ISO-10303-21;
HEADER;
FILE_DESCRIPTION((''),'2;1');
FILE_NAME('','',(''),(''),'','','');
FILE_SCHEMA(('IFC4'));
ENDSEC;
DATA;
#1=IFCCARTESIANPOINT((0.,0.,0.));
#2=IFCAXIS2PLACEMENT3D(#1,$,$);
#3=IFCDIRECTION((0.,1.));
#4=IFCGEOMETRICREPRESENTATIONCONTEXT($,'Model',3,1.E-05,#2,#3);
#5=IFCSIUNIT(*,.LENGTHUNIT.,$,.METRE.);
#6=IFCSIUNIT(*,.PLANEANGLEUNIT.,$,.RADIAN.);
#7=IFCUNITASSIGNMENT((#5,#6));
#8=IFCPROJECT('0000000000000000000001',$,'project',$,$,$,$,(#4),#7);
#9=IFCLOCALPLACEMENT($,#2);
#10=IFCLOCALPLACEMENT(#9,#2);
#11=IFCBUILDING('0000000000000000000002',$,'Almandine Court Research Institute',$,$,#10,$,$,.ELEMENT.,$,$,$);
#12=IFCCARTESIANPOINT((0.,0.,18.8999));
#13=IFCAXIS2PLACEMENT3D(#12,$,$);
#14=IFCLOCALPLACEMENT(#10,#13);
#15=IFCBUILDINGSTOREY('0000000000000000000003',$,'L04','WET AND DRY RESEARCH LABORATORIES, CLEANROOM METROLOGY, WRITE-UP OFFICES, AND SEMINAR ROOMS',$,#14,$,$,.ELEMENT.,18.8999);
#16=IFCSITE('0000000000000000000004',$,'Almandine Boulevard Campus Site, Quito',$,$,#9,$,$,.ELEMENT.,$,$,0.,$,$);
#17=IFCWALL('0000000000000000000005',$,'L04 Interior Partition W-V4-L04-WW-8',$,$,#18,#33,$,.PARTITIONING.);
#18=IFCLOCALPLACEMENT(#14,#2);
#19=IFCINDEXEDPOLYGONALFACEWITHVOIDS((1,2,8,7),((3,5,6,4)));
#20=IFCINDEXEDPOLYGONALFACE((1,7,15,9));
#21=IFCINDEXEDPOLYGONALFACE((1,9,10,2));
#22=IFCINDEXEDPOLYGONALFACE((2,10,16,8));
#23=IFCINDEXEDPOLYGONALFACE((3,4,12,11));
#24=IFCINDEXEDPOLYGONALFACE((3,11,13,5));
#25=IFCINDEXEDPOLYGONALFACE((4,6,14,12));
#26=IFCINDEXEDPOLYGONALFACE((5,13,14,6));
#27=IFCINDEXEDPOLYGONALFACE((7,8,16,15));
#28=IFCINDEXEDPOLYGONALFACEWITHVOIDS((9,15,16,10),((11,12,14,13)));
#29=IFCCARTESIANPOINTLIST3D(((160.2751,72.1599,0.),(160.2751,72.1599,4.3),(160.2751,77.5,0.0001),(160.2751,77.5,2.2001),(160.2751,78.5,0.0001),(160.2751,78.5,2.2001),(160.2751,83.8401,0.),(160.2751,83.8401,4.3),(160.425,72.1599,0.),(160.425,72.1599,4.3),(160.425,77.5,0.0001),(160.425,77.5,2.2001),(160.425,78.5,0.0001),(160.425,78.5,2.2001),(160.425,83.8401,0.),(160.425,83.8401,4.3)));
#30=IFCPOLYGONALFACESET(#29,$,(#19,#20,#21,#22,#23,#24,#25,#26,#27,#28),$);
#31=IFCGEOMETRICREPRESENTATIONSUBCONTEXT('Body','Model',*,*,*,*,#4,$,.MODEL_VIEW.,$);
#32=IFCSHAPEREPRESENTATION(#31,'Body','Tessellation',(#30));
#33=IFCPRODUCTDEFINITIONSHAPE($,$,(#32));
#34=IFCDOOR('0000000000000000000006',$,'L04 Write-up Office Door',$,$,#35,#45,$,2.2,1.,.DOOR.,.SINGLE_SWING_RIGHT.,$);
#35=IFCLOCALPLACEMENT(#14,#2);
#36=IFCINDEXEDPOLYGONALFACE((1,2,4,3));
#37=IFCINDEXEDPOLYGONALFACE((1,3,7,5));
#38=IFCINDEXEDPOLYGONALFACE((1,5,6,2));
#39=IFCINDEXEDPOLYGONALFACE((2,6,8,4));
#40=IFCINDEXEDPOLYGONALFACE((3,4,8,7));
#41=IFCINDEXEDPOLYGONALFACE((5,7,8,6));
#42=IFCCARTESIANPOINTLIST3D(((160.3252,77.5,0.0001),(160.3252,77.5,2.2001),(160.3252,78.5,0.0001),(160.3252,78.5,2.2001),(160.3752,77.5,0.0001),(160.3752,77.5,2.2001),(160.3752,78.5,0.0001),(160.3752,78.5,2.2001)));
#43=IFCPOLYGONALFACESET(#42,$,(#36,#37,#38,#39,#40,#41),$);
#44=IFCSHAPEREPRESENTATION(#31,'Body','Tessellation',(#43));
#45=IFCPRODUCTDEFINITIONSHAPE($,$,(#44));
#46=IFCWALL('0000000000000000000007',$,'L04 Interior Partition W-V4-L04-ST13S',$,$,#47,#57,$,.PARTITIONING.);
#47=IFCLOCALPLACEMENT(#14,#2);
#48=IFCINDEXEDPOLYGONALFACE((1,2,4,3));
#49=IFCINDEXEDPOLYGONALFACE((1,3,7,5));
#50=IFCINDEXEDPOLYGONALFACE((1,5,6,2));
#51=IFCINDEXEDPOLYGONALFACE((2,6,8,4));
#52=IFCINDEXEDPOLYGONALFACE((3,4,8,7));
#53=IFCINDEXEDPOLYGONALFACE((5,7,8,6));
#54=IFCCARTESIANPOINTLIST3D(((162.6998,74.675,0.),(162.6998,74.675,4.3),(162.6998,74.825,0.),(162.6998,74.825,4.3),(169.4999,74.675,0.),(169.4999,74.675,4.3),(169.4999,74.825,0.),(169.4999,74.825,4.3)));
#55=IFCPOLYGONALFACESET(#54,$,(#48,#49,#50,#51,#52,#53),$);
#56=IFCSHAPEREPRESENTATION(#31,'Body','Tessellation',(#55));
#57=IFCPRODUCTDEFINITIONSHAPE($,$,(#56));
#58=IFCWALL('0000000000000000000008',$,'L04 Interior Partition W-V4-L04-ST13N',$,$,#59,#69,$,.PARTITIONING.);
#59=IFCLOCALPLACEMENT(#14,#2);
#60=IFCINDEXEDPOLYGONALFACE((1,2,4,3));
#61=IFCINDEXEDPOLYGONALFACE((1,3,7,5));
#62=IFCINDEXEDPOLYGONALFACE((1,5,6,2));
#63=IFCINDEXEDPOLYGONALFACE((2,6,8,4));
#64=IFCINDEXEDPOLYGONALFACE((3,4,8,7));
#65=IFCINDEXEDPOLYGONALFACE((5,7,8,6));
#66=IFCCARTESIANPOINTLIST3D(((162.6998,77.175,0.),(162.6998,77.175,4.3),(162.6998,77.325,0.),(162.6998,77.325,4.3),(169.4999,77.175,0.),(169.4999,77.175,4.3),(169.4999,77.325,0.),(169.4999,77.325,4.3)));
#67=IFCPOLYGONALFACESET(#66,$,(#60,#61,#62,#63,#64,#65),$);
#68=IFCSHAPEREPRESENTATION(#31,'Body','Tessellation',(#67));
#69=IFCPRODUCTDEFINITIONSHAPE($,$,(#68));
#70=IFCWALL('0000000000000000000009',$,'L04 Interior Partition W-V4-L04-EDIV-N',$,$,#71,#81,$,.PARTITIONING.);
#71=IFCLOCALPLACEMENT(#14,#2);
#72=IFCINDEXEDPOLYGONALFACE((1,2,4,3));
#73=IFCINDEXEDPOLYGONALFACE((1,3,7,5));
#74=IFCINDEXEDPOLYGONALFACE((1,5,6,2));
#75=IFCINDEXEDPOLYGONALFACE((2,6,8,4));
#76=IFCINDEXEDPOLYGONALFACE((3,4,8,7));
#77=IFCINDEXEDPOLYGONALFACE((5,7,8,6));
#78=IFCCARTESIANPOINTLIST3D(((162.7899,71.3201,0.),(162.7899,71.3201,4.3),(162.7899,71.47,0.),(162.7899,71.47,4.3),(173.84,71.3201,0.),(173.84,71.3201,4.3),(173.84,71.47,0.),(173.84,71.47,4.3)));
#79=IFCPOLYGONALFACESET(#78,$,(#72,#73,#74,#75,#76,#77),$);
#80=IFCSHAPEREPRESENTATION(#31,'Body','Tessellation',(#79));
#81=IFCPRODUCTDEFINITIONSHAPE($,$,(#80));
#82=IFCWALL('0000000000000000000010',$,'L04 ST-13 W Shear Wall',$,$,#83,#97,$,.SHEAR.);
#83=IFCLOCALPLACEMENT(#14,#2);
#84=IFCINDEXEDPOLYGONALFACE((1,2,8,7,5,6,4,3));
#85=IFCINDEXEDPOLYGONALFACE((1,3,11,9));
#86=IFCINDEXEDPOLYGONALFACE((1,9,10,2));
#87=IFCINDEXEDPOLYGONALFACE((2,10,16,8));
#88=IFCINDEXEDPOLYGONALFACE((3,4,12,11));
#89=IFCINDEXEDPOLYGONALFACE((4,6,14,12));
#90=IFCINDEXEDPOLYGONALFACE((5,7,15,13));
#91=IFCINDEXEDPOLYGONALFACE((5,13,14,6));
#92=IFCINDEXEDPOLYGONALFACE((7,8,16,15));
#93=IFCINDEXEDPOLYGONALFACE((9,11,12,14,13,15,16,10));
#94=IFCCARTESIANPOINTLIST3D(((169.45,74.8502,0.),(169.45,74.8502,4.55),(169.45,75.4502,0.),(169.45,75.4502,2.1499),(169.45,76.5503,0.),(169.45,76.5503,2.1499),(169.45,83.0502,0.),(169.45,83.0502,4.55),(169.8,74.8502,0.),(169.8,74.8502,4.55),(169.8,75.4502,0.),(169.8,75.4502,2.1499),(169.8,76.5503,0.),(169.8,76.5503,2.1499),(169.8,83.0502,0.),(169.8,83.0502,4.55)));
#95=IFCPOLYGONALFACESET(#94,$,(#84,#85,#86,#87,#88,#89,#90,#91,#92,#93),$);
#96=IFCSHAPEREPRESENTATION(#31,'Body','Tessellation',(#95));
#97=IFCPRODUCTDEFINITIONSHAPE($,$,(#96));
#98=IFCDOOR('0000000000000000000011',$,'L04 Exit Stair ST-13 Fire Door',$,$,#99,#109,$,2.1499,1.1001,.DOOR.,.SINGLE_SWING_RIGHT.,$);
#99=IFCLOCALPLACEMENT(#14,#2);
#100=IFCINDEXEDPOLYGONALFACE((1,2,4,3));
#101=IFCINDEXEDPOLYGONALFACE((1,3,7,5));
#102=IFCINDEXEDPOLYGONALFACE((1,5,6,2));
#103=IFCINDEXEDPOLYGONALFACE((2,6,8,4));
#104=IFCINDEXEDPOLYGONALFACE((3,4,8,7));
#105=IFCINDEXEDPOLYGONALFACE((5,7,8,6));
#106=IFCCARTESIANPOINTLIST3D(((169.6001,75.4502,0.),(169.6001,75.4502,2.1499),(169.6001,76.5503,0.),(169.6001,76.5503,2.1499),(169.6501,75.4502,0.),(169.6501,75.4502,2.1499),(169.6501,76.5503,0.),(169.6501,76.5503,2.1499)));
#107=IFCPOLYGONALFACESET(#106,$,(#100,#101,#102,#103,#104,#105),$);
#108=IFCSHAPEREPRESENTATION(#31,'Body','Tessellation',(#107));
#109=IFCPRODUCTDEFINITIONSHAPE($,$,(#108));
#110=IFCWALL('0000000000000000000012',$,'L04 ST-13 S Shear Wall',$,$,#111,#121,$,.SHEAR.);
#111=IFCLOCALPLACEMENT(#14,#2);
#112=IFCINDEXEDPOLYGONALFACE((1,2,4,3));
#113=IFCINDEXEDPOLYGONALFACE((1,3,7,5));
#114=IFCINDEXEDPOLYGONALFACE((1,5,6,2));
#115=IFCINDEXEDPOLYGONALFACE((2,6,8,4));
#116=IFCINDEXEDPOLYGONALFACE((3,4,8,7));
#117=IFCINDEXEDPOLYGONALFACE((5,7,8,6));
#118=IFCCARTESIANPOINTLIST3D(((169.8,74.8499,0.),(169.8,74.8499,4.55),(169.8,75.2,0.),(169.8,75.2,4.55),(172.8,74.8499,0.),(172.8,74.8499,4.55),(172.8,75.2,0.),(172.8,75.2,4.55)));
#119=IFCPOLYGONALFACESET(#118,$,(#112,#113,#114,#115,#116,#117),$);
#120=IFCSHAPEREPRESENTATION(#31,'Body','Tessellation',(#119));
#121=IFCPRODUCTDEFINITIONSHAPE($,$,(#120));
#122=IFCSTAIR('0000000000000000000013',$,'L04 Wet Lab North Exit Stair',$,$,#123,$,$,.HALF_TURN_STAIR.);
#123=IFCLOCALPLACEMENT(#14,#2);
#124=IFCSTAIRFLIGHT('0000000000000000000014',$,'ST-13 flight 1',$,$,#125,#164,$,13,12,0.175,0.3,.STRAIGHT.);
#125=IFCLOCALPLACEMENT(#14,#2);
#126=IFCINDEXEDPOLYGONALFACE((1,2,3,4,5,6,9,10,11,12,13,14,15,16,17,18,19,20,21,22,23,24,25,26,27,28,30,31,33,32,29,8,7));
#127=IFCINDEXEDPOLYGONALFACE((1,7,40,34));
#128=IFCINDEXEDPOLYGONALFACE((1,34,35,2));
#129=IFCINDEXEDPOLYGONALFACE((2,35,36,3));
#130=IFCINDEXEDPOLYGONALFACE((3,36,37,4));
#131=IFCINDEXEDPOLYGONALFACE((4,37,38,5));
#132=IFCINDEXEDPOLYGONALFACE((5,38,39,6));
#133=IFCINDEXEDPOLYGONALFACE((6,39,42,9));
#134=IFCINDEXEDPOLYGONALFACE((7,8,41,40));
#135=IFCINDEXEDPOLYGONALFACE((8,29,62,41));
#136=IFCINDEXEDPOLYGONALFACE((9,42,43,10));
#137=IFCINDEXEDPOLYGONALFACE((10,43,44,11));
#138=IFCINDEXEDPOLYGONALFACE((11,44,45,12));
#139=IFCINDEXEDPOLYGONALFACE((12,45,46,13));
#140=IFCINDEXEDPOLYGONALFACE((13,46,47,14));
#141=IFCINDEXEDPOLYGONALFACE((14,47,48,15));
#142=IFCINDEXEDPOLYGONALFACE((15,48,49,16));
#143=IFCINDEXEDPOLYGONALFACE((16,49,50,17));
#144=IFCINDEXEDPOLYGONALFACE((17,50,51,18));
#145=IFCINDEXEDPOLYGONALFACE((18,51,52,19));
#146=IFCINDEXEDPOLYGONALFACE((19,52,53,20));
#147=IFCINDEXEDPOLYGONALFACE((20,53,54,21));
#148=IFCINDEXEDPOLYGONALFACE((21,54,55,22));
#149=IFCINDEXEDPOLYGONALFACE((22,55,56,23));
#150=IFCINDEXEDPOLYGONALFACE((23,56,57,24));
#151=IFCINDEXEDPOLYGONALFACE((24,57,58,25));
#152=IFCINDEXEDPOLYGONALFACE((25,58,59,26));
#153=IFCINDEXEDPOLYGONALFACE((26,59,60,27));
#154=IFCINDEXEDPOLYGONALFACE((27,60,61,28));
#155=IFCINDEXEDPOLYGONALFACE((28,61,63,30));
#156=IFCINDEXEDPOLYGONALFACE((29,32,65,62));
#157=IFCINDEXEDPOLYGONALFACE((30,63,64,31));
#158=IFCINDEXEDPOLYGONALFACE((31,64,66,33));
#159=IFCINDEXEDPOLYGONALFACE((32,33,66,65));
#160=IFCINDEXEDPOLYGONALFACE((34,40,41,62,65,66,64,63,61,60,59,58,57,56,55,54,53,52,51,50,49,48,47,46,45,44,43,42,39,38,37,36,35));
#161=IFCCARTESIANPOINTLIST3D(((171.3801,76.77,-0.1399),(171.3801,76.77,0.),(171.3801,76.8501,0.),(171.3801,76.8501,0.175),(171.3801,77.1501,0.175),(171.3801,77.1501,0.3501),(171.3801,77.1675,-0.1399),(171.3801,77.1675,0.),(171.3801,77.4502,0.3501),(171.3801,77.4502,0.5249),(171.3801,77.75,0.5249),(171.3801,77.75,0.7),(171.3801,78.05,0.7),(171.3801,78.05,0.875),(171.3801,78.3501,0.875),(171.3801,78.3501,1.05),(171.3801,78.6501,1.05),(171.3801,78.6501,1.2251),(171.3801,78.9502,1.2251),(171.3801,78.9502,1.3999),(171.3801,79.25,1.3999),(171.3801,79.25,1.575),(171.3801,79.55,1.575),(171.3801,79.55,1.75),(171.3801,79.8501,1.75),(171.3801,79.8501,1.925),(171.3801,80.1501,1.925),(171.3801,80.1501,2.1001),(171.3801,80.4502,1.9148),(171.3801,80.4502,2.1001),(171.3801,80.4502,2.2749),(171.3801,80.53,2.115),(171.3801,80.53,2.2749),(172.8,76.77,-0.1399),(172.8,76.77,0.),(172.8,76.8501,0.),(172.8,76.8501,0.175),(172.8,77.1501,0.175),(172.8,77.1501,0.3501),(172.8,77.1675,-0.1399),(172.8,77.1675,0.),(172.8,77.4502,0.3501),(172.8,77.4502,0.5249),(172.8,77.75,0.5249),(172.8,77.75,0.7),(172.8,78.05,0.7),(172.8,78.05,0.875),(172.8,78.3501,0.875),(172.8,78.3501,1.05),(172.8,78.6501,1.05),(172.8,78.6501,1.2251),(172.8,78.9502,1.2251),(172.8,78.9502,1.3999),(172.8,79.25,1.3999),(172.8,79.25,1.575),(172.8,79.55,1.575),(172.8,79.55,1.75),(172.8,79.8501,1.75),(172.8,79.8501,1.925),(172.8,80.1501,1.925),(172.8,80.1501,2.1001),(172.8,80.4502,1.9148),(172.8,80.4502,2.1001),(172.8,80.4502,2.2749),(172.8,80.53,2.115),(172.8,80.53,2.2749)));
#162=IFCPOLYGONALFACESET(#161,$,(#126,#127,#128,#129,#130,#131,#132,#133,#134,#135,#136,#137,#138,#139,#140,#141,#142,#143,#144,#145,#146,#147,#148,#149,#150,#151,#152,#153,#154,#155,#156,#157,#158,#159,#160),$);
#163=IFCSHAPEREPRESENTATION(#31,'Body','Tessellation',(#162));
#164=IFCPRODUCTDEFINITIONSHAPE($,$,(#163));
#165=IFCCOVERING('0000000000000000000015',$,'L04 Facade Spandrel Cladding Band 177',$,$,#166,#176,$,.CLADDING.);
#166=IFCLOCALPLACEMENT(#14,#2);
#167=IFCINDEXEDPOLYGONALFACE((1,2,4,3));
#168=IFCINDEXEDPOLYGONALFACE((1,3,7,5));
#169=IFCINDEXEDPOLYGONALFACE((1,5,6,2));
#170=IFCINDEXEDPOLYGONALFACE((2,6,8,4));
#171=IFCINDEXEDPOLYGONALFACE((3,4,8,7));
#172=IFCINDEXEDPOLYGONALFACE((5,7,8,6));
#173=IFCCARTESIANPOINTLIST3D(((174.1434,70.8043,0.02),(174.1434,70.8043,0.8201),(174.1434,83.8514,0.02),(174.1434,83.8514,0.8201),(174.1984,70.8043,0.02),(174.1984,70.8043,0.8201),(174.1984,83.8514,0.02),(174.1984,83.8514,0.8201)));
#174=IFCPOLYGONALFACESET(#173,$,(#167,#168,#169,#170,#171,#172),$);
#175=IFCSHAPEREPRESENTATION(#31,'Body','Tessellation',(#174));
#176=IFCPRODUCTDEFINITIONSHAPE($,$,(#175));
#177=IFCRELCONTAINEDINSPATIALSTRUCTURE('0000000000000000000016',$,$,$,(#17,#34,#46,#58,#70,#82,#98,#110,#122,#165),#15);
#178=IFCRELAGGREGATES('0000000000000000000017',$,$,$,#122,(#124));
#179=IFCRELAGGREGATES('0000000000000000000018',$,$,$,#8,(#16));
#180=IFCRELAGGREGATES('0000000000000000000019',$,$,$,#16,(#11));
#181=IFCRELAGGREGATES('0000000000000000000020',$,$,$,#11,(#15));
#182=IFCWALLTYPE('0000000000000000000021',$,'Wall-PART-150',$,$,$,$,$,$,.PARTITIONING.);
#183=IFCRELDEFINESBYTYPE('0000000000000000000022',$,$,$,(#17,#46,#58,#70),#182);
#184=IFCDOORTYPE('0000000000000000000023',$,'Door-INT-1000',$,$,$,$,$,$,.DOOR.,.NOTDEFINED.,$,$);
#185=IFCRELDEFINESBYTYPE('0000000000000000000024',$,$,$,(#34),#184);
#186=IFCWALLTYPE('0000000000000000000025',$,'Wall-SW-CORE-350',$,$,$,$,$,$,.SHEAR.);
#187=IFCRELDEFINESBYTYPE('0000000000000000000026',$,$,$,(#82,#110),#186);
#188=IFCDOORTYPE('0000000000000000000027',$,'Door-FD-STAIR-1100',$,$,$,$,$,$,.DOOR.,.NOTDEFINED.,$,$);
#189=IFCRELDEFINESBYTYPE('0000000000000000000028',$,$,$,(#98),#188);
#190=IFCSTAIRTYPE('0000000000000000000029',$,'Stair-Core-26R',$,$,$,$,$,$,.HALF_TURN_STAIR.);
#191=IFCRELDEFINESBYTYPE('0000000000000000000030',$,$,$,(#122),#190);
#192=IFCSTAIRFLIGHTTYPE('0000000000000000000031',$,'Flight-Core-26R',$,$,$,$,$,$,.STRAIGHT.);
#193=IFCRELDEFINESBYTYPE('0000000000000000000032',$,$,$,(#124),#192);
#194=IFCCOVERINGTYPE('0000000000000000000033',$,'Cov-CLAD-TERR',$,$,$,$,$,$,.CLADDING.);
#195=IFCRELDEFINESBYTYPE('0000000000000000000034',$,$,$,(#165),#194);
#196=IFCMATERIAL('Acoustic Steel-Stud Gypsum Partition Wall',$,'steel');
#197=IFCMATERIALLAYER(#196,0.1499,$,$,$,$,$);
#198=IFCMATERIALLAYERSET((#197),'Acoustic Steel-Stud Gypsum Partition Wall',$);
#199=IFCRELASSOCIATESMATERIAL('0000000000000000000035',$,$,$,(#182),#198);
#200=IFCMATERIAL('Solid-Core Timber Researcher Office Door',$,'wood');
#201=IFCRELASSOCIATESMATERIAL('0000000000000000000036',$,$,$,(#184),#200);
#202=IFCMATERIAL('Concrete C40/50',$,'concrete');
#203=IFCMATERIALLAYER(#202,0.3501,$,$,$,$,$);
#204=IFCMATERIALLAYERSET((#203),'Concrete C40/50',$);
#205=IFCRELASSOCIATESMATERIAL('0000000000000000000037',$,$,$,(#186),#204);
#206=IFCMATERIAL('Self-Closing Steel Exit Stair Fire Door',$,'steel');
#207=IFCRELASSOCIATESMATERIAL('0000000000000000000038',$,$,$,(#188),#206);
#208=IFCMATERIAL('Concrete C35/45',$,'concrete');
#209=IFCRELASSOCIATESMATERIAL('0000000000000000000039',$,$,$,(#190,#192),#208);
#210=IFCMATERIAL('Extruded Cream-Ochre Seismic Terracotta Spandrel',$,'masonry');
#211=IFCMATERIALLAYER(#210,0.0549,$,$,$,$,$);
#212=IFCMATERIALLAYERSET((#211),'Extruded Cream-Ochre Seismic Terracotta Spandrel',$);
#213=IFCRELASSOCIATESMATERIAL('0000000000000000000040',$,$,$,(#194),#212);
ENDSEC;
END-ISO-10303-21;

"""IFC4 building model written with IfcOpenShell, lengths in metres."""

from ifc_helpers import new_model, si_unit, direction, frame, frame_2d, origin, origin_2d, place, context, subcontext, project, spatial, polyline, rectangle, outline, extrude, material, layer, layer_set, type_object, element, fill, aggregate, save


model = new_model("IFC4")

# Units and contexts
model_context = context("Model", 3, precision=1e-05, world=origin(), true_north=direction((0.0, 1.0)))
body_context = subcontext(model_context, "Body", "Model", "MODEL_VIEW")
ifc_project = project(units=[si_unit("LENGTHUNIT", "METRE"), si_unit("PLANEANGLEUNIT", "RADIAN")], contexts=[model_context])

# Site, building, storey
site_placement = place(None, origin())
site = spatial("IfcSite", under=ifc_project, at=site_placement, Name="Almandine Boulevard Campus Site, Quito", CompositionType="ELEMENT", RefElevation=0.0)
building_placement = place(site_placement, origin())
building = spatial("IfcBuilding", under=site, at=building_placement, Name="Almandine Court Research Institute", CompositionType="ELEMENT")
storey_placement = place(building_placement, frame((0.0, 0.0, 18.8999)))
storey = spatial("IfcBuildingStorey", under=building, at=storey_placement, Name="L04", Description="WET AND DRY RESEARCH LABORATORIES, CLEANROOM METROLOGY, WRITE-UP OFFICES, AND SEMINAR ROOMS", CompositionType="ELEMENT", Elevation=18.8999)

# Shared definitions
ifc_material_1 = material(Name="Acoustic Steel-Stud Gypsum Partition Wall", Category="steel")
ifc_layer_1 = layer(ifc_material_1, 0.1499)
ifc_layer_set_1 = layer_set([ifc_layer_1], Name="Acoustic Steel-Stud Gypsum Partition Wall")
wall_type_1 = type_object("IfcWallType", Name="Wall-PART-150", PredefinedType="PARTITIONING", material=ifc_layer_set_1)

# Wall, opening, door
wall_1_placement = place(storey_placement, frame((160.3501, 72.1599, 0.0), z_axis=(0.0, 0.0, 1.0), x_axis=(0.0, 1.0, 0.0)))
wall_1 = element("IfcWall", 1, at=wall_1_placement, inside=storey, type_object=wall_type_1, Name="L04 Interior Partition W-V4-L04-WW-8", PredefinedType="PARTITIONING", context=body_context, shape_type="SweptSolid", body=[
    extrude(rectangle(XDim=11.6802, YDim=0.1499, at=frame_2d((5.8401, 0.0))), origin(), (0.0, 0.0, 1.0), 4.3),
])
opening_1_placement = place(wall_1_placement, frame((5.3401, 0.0, 0.0)))
opening_1 = element("IfcOpeningElement", 2, at=opening_1_placement, cuts=wall_1, PredefinedType="OPENING", context=body_context, shape_type="SweptSolid", body=[
    extrude(rectangle(XDim=1.0, YDim=2.2, at=frame_2d((0.5, 1.1001))), frame((0.0, 0.085, 0.0), z_axis=(0.0, -1.0, 0.0), x_axis=(1.0, 0.0, 0.0)), (0.0, 0.0, 1.0), 0.1699),
])
ifc_material_2 = material(Name="Solid-Core Timber Researcher Office Door", Category="wood")
door_type_1 = type_object("IfcDoorType", Name="Door-INT-1000", OperationType="NOTDEFINED", PredefinedType="DOOR", material=ifc_material_2)
door_1_placement = place(opening_1_placement, origin())
door_1 = element("IfcDoor", 3, at=door_1_placement, inside=storey, type_object=door_type_1, Name="L04 Write-up Office Door", OperationType="SINGLE_SWING_RIGHT", OverallHeight=2.2, OverallWidth=1.0, PredefinedType="DOOR", context=body_context, shape_type="SweptSolid", body=[
    extrude(rectangle(XDim=1.0, YDim=2.2, at=frame_2d((0.5, 1.1001))), frame((0.0, 0.0249, 0.0), z_axis=(0.0, -1.0, 0.0), x_axis=(1.0, 0.0, 0.0)), (0.0, 0.0, 1.0), 0.05),
])
fill(opening_1, door_1)

# Walls
for number, where, z_axis, x_axis, name in (
    (4, (162.7, 74.75, 0.0), (0.0, 0.0, 1.0), (1.0, 0.0, 0.0), "L04 Interior Partition W-V4-L04-ST13S"),
    (5, (162.7, 77.25, 0.0), (0.0, 0.0, 1.0), (1.0, 0.0, 0.0), "L04 Interior Partition W-V4-L04-ST13N"),
):
    element("IfcWall", number, at=place(storey_placement, frame(where, z_axis=z_axis, x_axis=x_axis)), inside=storey, type_object=wall_type_1, Name=name, PredefinedType="PARTITIONING", context=body_context, shape_type="SweptSolid", body=[
        extrude(rectangle(XDim=6.8, YDim=0.1499, at=frame_2d((3.3999, 0.0))), origin(), (0.0, 0.0, 1.0), 4.3),
    ])
wall_2_placement = place(storey_placement, frame((162.79, 71.395, 0.0), z_axis=(0.0, 0.0, 1.0), x_axis=(1.0, 0.0, 0.0)))
element("IfcWall", 6, at=wall_2_placement, inside=storey, type_object=wall_type_1, Name="L04 Interior Partition W-V4-L04-EDIV-N", PredefinedType="PARTITIONING", context=body_context, shape_type="SweptSolid", body=[
    extrude(rectangle(XDim=11.05, YDim=0.1499, at=frame_2d((5.5249, 0.0))), origin(), (0.0, 0.0, 1.0), 4.3),
])

# Wall, opening, door
ifc_material_3 = material(Name="Concrete C40/50", Category="concrete")
ifc_layer_2 = layer(ifc_material_3, 0.3501)
ifc_layer_set_2 = layer_set([ifc_layer_2], Name="Concrete C40/50")
wall_type_2 = type_object("IfcWallType", Name="Wall-SW-CORE-350", PredefinedType="SHEAR", material=ifc_layer_set_2)
wall_3_placement = place(storey_placement, frame((169.625, 74.8501, 0.0), z_axis=(0.0, 0.0, 1.0), x_axis=(0.0, 1.0, 0.0)))
wall_3 = element("IfcWall", 7, at=wall_3_placement, inside=storey, type_object=wall_type_2, Name="L04 ST-13 W Shear Wall", PredefinedType="SHEAR", context=body_context, shape_type="SweptSolid", body=[
    extrude(rectangle(XDim=8.2, YDim=0.3501, at=frame_2d((4.1001, 0.0))), origin(), (0.0, 0.0, 1.0), 4.55),
])
opening_2_placement = place(wall_3_placement, frame((0.6001, 0.0, 0.0)))
opening_2 = element("IfcOpeningElement", 8, at=opening_2_placement, cuts=wall_3, PredefinedType="OPENING", context=body_context, shape_type="SweptSolid", body=[
    extrude(rectangle(XDim=1.1001, YDim=2.1499, at=frame_2d((0.55, 1.075))), frame((0.0, 0.1851, 0.0), z_axis=(0.0, -1.0, 0.0), x_axis=(1.0, 0.0, 0.0)), (0.0, 0.0, 1.0), 0.3701),
])
ifc_material_4 = material(Name="Self-Closing Steel Exit Stair Fire Door", Category="steel")
door_type_2 = type_object("IfcDoorType", Name="Door-FD-STAIR-1100", OperationType="NOTDEFINED", PredefinedType="DOOR", material=ifc_material_4)
door_2_placement = place(opening_2_placement, origin())
door_2 = element("IfcDoor", 9, at=door_2_placement, inside=storey, type_object=door_type_2, Name="L04 Exit Stair ST-13 Fire Door", OperationType="SINGLE_SWING_RIGHT", OverallHeight=2.1499, OverallWidth=1.1001, PredefinedType="DOOR", context=body_context, shape_type="SweptSolid", body=[
    extrude(rectangle(XDim=1.1001, YDim=2.1499, at=frame_2d((0.55, 1.075))), frame((0.0, 0.0249, 0.0), z_axis=(0.0, -1.0, 0.0), x_axis=(1.0, 0.0, 0.0)), (0.0, 0.0, 1.0), 0.05),
])
fill(opening_2, door_2)

# Wall
wall_4_placement = place(storey_placement, frame((172.8, 75.0249, 0.0), z_axis=(0.0, 0.0, 1.0), x_axis=(-1.0, 0.0, 0.0)))
element("IfcWall", 10, at=wall_4_placement, inside=storey, type_object=wall_type_2, Name="L04 ST-13 S Shear Wall", PredefinedType="SHEAR", context=body_context, shape_type="SweptSolid", body=[
    extrude(rectangle(XDim=3.0, YDim=0.3501, at=frame_2d((1.5, 0.0))), origin(), (0.0, 0.0, 1.0), 4.55),
])

# Stair, stair flight
ifc_material_5 = material(Name="Concrete C35/45", Category="concrete")
stair_type = type_object("IfcStairType", Name="Stair-Core-26R", PredefinedType="HALF_TURN_STAIR", material=ifc_material_5)
stair_placement = place(storey_placement, origin())
stair = element("IfcStair", 11, at=stair_placement, inside=storey, type_object=stair_type, Name="L04 Wet Lab North Exit Stair", PredefinedType="HALF_TURN_STAIR")
stair_flight_type = type_object("IfcStairFlightType", Name="Flight-Core-26R", PredefinedType="STRAIGHT", material=ifc_material_5)
stair_flight_placement = place(storey_placement, frame((172.0901, 76.8501, 0.0), z_axis=(0.0, 0.0, 1.0), x_axis=(0.0, 1.0, 0.0)))
stair_flight = element("IfcStairFlight", 12, at=stair_flight_placement, type_object=stair_flight_type, Name="ST-13 flight 1", NumberOfRisers=13, NumberOfTreads=12, PredefinedType="STRAIGHT", RiserHeight=0.175, TreadLength=0.3, context=body_context, shape_type="SweptSolid", body=[
    extrude(outline(polyline([(-0.0801, -0.1399), (-0.0801, 0.0), (0.0, 0.0), (0.0, 0.175), (0.3, 0.175), (0.3, 0.3501), (0.6001, 0.3501), (0.6001, 0.5249), (0.8999, 0.5249), (0.8999, 0.7), (1.2, 0.7), (1.2, 0.875), (1.5, 0.875), (1.5, 1.05), (1.8, 1.05), (1.8, 1.2251), (2.1001, 1.2251), (2.1001, 1.3999), (2.3999, 1.3999), (2.3999, 1.575), (2.7, 1.575), (2.7, 1.75), (3.0, 1.75), (3.0, 1.925), (3.3, 1.925), (3.3, 2.1001), (3.6001, 2.1001), (3.6001, 2.2749), (3.6799, 2.2749), (3.6799, 2.115), (3.6001, 1.9148), (0.3174, 0.0), (0.3174, -0.1399), (-0.0801, -0.1399)])), frame((0.0, 0.71, 0.0), z_axis=(0.0, -1.0, 0.0), x_axis=(1.0, 0.0, 0.0)), (0.0, 0.0, 1.0), 1.4199),
])
aggregate(stair, [stair_flight])

# Covering
ifc_material_6 = material(Name="Extruded Cream-Ochre Seismic Terracotta Spandrel", Category="masonry")
ifc_layer_3 = layer(ifc_material_6, 0.0549)
ifc_layer_set_3 = layer_set([ifc_layer_3], Name="Extruded Cream-Ochre Seismic Terracotta Spandrel")
covering_type = type_object("IfcCoveringType", Name="Cov-CLAD-TERR", PredefinedType="CLADDING", material=ifc_layer_set_3)
covering_placement = place(storey_placement, frame((174.1709, 77.3279, 0.02), z_axis=(0.0, 0.0, 1.0), x_axis=(0.0, -1.0, 0.0)))
element("IfcCovering", 13, at=covering_placement, inside=storey, type_object=covering_type, Name="L04 Facade Spandrel Cladding Band 177", PredefinedType="CLADDING", context=body_context, shape_type="SweptSolid", body=[
    extrude(rectangle(XDim=13.0471, YDim=0.0549, at=origin_2d()), origin(), (0.0, 0.0, 1.0), 0.8),
])

save(model, "model.ifc")
